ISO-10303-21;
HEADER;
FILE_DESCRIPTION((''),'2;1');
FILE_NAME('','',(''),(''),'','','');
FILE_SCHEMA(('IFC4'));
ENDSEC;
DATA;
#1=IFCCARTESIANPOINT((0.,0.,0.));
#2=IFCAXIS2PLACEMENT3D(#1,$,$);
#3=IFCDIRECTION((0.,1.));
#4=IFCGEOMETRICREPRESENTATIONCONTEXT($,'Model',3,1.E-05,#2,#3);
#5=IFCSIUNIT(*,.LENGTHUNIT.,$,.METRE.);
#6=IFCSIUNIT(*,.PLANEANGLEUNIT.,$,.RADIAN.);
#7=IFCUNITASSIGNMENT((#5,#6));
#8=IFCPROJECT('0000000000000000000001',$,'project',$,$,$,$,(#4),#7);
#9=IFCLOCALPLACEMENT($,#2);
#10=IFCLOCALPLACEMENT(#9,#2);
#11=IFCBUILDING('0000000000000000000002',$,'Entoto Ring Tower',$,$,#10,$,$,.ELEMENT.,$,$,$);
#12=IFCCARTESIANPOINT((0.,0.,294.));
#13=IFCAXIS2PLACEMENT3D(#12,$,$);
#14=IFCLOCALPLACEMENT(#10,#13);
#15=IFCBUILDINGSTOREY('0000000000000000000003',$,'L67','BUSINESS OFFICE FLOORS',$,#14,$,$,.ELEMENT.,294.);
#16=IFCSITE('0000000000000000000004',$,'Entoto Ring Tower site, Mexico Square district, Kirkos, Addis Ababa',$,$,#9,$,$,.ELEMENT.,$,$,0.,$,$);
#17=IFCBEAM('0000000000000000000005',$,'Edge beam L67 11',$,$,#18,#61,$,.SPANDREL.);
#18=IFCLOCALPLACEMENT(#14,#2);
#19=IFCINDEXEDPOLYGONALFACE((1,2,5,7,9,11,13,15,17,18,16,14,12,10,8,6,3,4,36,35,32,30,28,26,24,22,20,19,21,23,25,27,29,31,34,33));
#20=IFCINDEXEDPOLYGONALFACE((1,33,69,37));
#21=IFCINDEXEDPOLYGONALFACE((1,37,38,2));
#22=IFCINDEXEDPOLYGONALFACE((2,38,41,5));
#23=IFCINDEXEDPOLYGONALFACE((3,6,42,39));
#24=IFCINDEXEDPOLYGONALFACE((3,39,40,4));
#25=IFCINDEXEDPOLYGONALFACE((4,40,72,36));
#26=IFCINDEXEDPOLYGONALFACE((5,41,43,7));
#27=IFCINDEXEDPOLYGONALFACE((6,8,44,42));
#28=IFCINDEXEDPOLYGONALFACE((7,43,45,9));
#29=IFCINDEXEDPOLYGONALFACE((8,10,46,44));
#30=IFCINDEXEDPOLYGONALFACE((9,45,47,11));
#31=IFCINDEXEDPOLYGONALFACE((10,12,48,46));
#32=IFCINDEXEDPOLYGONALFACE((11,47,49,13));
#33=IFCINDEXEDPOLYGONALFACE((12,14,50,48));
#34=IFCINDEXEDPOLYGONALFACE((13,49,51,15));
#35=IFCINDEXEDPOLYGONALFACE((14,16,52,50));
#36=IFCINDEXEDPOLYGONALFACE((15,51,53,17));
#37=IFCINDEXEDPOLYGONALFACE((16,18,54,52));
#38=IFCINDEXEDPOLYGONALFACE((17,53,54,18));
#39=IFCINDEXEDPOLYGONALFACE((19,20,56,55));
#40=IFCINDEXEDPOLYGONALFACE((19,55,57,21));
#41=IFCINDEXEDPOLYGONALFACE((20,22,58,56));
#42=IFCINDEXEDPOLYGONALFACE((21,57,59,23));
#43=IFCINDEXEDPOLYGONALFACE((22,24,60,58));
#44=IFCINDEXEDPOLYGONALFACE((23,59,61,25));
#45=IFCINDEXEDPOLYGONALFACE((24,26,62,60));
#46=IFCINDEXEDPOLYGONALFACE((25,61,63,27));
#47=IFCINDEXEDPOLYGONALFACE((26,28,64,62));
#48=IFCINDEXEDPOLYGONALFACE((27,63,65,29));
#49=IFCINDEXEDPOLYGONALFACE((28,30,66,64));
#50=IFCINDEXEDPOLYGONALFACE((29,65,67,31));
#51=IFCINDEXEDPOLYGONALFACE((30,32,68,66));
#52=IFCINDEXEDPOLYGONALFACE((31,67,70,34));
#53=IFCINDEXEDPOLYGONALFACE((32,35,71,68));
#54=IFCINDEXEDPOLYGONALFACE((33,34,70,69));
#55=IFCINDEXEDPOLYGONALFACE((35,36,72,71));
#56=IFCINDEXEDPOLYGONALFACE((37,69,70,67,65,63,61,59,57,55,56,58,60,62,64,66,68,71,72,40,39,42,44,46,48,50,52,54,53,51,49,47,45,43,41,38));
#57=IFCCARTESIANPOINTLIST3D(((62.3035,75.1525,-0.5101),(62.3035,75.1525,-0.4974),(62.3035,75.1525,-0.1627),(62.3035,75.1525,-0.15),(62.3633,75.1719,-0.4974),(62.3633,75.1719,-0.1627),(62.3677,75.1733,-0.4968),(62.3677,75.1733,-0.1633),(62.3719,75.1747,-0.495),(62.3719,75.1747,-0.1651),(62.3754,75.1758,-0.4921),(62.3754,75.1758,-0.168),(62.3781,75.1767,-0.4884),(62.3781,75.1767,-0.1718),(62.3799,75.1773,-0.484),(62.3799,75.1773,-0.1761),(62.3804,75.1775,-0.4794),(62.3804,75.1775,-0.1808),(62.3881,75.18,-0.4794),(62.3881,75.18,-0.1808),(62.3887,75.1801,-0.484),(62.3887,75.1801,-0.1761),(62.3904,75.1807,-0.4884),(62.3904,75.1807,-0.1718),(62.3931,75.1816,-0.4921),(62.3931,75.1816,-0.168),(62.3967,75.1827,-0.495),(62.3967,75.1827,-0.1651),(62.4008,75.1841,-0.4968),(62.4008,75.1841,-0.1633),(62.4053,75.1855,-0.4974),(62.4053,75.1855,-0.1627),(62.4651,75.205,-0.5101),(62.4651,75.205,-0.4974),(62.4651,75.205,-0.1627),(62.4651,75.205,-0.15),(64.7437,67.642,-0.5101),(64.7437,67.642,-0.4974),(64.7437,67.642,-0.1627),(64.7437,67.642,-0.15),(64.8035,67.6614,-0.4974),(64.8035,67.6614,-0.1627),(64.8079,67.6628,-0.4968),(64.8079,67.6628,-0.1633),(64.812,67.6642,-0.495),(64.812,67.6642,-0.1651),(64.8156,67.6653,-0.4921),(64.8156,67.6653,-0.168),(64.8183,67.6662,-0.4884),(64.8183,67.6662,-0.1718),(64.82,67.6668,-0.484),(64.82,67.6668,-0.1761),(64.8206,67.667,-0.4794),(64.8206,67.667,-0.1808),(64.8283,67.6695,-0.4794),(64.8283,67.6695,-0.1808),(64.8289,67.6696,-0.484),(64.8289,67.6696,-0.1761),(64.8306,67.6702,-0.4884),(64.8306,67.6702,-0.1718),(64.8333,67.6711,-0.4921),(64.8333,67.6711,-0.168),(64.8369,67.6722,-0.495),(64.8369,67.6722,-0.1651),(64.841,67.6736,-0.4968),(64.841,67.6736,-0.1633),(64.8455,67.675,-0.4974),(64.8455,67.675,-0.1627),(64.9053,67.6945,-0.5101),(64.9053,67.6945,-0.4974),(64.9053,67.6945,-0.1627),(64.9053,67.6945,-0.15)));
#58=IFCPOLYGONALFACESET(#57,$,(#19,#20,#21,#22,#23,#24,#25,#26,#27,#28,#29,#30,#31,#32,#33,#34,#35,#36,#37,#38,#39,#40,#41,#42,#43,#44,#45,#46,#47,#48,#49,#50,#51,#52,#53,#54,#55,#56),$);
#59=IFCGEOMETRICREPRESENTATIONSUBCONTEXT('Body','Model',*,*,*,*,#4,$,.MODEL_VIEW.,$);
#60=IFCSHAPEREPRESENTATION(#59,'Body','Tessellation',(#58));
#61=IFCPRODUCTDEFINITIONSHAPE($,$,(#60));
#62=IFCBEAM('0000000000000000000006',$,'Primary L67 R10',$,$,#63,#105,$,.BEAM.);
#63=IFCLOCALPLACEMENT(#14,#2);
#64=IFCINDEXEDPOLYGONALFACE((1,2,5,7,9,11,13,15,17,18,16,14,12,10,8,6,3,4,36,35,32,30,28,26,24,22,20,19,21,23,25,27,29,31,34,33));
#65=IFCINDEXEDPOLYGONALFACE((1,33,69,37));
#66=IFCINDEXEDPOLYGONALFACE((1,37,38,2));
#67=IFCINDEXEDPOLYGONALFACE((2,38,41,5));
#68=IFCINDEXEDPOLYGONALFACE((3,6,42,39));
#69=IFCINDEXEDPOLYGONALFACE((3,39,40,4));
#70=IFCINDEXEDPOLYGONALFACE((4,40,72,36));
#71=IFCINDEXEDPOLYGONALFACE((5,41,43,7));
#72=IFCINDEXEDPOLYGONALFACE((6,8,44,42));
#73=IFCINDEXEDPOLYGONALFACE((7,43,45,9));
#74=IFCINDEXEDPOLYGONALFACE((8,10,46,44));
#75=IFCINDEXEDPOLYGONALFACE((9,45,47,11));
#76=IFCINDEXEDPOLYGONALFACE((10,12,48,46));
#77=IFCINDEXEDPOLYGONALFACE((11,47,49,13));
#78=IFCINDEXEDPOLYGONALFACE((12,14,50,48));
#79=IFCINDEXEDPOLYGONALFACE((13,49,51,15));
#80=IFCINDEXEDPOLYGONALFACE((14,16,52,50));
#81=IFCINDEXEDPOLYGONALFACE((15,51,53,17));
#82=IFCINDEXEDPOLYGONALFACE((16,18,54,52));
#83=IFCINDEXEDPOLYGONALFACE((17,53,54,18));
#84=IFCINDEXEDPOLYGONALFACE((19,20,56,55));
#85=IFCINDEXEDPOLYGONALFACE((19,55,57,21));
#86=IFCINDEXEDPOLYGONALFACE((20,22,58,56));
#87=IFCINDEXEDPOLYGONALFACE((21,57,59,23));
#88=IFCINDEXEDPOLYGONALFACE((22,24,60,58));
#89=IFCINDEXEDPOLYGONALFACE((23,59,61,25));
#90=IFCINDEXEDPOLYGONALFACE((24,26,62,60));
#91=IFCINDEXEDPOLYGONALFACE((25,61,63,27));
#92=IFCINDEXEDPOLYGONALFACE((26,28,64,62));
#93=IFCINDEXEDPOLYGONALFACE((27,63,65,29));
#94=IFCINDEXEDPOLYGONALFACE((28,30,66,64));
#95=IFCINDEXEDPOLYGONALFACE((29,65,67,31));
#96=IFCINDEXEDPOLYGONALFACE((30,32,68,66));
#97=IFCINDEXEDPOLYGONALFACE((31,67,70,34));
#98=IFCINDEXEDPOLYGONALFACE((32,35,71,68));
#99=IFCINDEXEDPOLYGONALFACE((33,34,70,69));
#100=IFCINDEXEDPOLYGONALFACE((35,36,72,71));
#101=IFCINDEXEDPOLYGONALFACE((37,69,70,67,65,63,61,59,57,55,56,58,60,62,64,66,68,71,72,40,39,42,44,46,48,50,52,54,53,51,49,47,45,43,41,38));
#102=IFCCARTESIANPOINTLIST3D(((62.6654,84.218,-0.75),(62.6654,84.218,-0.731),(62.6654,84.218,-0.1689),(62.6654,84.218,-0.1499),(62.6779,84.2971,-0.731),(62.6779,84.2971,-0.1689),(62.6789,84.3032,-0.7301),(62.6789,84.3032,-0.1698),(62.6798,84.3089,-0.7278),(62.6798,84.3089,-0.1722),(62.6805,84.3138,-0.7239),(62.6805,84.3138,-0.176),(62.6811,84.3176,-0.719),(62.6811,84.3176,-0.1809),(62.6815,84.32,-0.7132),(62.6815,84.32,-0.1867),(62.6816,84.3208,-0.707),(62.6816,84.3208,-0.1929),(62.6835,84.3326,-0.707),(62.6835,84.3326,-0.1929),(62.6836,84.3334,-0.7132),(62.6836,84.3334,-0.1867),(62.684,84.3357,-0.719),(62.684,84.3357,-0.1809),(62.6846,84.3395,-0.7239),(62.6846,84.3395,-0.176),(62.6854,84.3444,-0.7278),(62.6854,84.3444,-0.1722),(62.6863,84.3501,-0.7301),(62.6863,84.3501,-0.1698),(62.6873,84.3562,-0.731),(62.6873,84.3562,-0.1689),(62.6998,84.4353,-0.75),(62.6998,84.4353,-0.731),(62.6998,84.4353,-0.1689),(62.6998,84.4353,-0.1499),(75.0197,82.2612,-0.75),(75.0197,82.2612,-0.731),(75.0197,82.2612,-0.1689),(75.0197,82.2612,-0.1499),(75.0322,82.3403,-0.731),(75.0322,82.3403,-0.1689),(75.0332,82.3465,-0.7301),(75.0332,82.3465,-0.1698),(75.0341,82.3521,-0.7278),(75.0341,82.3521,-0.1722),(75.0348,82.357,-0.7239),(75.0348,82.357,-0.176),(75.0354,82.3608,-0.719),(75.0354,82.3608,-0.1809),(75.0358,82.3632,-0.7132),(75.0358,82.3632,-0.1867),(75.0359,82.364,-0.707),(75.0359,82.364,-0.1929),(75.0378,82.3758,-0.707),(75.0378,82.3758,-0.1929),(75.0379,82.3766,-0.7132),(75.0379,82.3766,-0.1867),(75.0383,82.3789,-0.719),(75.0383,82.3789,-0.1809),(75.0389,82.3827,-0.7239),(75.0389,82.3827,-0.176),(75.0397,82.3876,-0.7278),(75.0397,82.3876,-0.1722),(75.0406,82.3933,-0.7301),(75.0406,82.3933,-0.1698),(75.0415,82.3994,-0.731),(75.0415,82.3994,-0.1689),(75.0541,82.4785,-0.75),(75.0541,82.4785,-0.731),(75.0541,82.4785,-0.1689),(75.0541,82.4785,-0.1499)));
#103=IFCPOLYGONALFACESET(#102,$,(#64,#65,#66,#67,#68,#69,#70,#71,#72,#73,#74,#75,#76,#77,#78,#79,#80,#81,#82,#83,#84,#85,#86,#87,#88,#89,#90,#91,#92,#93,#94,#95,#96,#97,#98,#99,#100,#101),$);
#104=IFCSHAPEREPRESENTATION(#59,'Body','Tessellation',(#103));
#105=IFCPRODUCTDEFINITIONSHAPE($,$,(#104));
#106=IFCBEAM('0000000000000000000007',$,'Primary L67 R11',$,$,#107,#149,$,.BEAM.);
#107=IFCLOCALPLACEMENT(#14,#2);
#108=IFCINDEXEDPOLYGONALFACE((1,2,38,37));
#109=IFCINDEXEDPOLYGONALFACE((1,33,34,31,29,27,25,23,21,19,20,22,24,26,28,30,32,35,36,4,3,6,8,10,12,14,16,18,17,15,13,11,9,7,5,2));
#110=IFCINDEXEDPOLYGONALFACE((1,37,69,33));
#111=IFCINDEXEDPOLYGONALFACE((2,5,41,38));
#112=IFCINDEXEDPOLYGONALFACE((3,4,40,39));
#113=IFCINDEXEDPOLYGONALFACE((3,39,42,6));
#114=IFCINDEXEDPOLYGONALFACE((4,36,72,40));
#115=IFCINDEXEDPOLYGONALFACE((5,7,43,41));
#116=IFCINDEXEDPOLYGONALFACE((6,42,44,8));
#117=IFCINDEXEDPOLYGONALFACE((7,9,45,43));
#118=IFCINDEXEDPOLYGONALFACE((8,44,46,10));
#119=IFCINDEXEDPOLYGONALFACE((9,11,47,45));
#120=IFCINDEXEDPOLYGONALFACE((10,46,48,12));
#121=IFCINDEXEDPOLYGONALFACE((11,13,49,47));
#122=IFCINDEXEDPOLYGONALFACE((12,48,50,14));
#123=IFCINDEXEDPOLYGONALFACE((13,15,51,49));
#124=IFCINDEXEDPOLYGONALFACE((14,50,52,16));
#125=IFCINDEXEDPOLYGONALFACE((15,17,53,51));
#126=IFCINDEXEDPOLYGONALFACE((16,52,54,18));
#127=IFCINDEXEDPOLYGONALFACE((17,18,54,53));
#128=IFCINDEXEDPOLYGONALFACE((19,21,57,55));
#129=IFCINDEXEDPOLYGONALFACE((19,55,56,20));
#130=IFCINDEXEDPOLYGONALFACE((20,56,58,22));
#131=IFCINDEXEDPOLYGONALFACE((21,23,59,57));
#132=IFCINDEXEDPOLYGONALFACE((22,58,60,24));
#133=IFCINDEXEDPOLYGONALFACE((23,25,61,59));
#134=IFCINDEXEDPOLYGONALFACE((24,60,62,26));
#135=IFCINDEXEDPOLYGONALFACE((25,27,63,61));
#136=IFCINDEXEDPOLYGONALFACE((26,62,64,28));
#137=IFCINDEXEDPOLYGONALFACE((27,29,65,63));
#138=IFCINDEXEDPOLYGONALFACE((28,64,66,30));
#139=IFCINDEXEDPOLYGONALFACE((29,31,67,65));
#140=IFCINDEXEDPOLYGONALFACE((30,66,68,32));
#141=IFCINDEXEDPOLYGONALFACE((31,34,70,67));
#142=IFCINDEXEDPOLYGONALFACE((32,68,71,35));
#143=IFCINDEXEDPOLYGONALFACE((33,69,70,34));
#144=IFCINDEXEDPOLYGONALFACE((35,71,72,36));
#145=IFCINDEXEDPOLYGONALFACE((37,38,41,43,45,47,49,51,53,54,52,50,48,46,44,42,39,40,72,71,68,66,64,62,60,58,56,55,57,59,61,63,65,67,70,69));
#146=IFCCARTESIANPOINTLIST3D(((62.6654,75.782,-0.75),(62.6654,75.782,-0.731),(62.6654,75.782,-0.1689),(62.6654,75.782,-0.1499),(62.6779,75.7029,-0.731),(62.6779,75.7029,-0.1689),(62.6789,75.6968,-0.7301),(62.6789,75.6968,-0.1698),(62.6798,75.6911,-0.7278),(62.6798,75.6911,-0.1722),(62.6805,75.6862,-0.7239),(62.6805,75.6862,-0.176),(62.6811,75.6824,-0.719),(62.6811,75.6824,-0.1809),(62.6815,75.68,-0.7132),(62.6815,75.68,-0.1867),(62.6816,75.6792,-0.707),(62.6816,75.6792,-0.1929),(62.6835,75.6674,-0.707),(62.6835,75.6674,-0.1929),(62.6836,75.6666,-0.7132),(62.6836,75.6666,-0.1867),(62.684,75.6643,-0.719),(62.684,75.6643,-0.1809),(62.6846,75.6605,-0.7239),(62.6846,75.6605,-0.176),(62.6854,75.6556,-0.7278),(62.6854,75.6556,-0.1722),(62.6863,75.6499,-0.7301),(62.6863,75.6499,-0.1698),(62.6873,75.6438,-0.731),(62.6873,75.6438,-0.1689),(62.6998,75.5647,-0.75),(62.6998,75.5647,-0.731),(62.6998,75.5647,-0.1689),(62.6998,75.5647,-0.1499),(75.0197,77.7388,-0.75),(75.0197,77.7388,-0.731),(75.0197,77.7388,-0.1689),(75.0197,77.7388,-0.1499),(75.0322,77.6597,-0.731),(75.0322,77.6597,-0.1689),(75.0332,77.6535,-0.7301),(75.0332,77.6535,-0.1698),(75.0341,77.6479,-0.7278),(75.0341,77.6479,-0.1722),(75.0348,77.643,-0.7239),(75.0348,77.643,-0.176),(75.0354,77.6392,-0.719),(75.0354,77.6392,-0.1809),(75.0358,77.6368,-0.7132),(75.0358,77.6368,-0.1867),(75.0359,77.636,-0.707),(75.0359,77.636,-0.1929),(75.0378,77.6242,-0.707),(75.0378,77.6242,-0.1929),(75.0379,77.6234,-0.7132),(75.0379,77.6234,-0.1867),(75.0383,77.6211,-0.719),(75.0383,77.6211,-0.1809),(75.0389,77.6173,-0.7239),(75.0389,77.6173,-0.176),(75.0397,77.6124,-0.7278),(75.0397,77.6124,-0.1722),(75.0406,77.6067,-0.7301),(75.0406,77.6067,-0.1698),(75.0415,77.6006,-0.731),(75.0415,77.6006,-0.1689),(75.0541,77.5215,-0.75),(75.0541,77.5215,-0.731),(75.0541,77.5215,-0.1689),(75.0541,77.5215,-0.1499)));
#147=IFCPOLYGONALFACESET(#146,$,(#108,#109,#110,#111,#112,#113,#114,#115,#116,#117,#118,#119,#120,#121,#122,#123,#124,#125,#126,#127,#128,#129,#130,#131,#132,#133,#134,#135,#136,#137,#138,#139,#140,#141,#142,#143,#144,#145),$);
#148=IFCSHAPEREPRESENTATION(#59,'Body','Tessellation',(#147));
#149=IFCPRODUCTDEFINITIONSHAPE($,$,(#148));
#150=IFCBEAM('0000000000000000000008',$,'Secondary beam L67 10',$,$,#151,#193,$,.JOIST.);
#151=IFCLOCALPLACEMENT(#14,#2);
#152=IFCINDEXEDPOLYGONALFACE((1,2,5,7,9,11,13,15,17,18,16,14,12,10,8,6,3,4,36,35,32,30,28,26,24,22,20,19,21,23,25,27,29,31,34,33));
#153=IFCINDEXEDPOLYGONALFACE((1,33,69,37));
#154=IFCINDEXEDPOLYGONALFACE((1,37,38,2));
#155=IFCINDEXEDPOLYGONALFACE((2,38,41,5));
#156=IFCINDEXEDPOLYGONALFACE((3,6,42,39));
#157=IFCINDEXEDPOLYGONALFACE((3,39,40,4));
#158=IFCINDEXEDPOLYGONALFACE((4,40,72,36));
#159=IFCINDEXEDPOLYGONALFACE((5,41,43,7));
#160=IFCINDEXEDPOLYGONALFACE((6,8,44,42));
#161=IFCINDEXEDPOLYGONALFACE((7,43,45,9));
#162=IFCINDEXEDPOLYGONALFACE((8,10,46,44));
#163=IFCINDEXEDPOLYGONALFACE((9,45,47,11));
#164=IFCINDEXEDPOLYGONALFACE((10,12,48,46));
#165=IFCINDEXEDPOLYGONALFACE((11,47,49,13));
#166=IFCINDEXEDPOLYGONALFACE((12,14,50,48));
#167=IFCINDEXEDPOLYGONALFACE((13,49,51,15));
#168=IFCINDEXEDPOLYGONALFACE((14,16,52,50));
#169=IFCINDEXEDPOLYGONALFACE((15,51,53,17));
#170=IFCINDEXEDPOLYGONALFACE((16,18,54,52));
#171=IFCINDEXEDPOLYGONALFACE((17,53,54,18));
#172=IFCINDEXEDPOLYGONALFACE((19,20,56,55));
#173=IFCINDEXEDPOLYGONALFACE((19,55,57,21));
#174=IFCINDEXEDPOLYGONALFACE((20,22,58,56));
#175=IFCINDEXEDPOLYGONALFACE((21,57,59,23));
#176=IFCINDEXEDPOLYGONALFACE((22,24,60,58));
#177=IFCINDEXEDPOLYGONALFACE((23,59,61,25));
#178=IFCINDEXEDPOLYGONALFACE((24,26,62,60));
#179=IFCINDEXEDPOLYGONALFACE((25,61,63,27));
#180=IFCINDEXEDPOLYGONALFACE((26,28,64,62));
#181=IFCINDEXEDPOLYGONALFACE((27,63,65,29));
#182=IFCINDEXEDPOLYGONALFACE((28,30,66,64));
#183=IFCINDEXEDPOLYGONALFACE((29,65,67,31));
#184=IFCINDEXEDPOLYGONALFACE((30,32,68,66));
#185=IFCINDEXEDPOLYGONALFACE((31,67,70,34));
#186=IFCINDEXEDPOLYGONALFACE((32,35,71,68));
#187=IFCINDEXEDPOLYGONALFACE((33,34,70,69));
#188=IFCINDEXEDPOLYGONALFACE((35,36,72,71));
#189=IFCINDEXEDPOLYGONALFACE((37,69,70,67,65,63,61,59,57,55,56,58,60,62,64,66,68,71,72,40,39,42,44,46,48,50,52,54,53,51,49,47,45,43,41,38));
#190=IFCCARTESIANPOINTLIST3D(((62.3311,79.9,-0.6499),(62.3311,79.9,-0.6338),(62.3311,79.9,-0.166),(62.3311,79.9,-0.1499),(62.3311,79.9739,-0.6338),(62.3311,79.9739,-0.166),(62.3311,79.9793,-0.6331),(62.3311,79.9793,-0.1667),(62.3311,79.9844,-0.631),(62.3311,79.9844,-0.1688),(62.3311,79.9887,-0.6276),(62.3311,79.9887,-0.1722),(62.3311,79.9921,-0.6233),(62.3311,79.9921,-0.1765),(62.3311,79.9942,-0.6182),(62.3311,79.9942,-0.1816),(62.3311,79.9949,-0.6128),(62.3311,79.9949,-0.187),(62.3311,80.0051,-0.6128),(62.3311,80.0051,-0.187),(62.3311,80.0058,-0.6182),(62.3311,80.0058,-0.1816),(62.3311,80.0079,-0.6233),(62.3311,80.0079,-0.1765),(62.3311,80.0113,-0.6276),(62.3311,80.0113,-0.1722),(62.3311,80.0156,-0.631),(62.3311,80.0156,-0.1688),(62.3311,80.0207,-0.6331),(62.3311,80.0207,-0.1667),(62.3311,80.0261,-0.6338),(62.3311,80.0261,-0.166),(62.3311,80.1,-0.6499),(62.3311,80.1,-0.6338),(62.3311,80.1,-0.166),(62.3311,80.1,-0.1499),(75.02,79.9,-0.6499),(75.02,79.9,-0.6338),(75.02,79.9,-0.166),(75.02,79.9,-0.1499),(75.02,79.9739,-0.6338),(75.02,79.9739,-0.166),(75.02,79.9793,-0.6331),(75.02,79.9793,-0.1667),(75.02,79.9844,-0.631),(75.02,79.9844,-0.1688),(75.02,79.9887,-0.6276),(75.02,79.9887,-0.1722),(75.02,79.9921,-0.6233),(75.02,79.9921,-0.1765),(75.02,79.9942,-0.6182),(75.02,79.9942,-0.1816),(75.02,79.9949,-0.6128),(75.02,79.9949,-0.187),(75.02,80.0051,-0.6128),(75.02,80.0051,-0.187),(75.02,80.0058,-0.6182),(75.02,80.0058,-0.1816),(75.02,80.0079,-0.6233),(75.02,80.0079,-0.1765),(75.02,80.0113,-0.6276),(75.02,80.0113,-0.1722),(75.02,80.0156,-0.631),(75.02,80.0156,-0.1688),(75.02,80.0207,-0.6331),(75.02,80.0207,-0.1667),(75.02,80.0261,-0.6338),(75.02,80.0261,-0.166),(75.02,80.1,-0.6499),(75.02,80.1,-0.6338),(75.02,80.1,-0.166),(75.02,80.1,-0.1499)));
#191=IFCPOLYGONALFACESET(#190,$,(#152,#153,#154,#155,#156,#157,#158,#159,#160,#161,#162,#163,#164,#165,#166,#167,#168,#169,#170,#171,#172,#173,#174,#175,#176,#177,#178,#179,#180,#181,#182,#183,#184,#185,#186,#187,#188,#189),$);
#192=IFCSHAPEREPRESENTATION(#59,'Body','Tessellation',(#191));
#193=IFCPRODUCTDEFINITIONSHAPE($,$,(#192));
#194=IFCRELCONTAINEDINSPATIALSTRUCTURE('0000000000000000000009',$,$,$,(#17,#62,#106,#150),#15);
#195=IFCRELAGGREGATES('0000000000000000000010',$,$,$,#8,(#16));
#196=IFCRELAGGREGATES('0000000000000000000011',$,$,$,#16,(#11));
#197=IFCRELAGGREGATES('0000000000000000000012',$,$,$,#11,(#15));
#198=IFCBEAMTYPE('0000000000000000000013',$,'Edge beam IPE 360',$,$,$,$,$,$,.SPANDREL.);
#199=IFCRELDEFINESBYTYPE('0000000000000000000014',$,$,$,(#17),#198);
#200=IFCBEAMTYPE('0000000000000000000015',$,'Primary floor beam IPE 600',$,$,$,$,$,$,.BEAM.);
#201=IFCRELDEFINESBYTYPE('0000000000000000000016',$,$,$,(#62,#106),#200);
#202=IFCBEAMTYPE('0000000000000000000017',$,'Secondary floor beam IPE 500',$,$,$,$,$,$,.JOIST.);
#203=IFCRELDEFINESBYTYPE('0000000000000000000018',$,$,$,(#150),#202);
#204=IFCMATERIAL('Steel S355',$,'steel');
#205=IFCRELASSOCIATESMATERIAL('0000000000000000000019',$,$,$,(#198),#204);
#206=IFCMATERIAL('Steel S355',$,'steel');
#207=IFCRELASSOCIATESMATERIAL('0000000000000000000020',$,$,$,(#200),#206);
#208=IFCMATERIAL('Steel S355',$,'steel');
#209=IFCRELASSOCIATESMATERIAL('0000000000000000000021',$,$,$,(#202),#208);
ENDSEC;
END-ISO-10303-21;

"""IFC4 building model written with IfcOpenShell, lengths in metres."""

from ifc_helpers import new_model, si_unit, direction, frame, origin, origin_2d, place, context, subcontext, project, spatial, i_section, extrude, material, material_profile, profile_set, type_object, element, save


model = new_model("IFC4")

# Units and contexts
model_context = context("Model", 3, precision=1e-05, world=origin(), true_north=direction((0.0, 1.0)))
body_context = subcontext(model_context, "Body", "Model", "MODEL_VIEW")
ifc_project = project(units=[si_unit("LENGTHUNIT", "METRE"), si_unit("PLANEANGLEUNIT", "RADIAN")], contexts=[model_context])

# Site, building, storey
site_placement = place(None, origin())
site = spatial("IfcSite", under=ifc_project, at=site_placement, Name="Entoto Ring Tower site, Mexico Square district, Kirkos, Addis Ababa", CompositionType="ELEMENT", RefElevation=0.0)
building_placement = place(site_placement, origin())
building = spatial("IfcBuilding", under=site, at=building_placement, Name="Entoto Ring Tower", CompositionType="ELEMENT")
storey_placement = place(building_placement, frame((0.0, 0.0, 294.0)))
storey = spatial("IfcBuildingStorey", under=building, at=storey_placement, Name="L67", Description="BUSINESS OFFICE FLOORS", CompositionType="ELEMENT", Elevation=294.0)

# Beams
ifc_material_1 = material(Name="Steel S355", Category="steel")
ifc_material_profile_1 = material_profile(ifc_material_1, i_section(OverallWidth=0.1699, OverallDepth=0.3601, WebThickness=0.0081, FlangeThickness=0.0127, FilletRadius=0.0181, at=origin_2d()), Name="IPE 360")
ifc_profile_set_1 = profile_set([ifc_material_profile_1], Name="Steel S355")
beam_type_1 = type_object("IfcBeamType", Name="Edge beam IPE 360", PredefinedType="SPANDREL", material=ifc_profile_set_1)
for number, where, z_axis, x_axis, name in (
    (1, (62.3843, 75.1787, -0.3301), (0.309003, -0.951061, 0.0), (0.951061, 0.309003, 0.0), "Edge beam L67 11"),
):
    element("IfcBeam", number, at=place(storey_placement, frame(where, z_axis=z_axis, x_axis=x_axis)), inside=storey, type_object=beam_type_1, Name=name, PredefinedType="SPANDREL", context=body_context, shape_type="SweptSolid", body=[
        extrude(i_section(OverallWidth=0.1699, OverallDepth=0.3601, WebThickness=0.0081, FlangeThickness=0.0127, FilletRadius=0.0181, at=origin_2d()), origin(), (0.0, 0.0, 1.0), 7.897),
    ])
ifc_material_2 = material(Name="Steel S355", Category="steel")
ifc_material_profile_2 = material_profile(ifc_material_2, i_section(OverallWidth=0.22, OverallDepth=0.6001, WebThickness=0.012, FlangeThickness=0.019, FilletRadius=0.0239, at=origin_2d()), Name="IPE 600")
ifc_profile_set_2 = profile_set([ifc_material_profile_2], Name="Steel S355")
beam_type_2 = type_object("IfcBeamType", Name="Primary floor beam IPE 600", PredefinedType="BEAM", material=ifc_profile_set_2)
for number, where, z_axis, x_axis, name in (
    (2, (75.0369, 82.3699, -0.45), (-0.987688, 0.15644, 0.0), (-0.15644, -0.987688, 0.0), "Primary L67 R10"),
    (3, (75.0369, 77.6301, -0.45), (-0.987688, -0.15644, 0.0), (0.15644, -0.987688, 0.0), "Primary L67 R11"),
):
    element("IfcBeam", number, at=place(storey_placement, frame(where, z_axis=z_axis, x_axis=x_axis)), inside=storey, type_object=beam_type_2, Name=name, PredefinedType="BEAM", context=body_context, shape_type="SweptSolid", body=[
        extrude(i_section(OverallWidth=0.22, OverallDepth=0.6001, WebThickness=0.012, FlangeThickness=0.019, FilletRadius=0.0239, at=origin_2d()), origin(), (0.0, 0.0, 1.0), 12.5083),
    ])
ifc_material_3 = material(Name="Steel S355", Category="steel")
ifc_material_profile_3 = material_profile(ifc_material_3, i_section(OverallWidth=0.2, OverallDepth=0.5, WebThickness=0.0103, FlangeThickness=0.0161, FilletRadius=0.021, at=origin_2d()), Name="IPE 500")
ifc_profile_set_3 = profile_set([ifc_material_profile_3], Name="Steel S355")
beam_type_3 = type_object("IfcBeamType", Name="Secondary floor beam IPE 500", PredefinedType="JOIST", material=ifc_profile_set_3)
beam_1_placement = place(storey_placement, frame((75.02, 80.0, -0.3999), z_axis=(-1.0, 0.0, 0.0), x_axis=(0.0, -1.0, 0.0)))
element("IfcBeam", 4, at=beam_1_placement, inside=storey, type_object=beam_type_3, Name="Secondary beam L67 10", PredefinedType="JOIST", context=body_context, shape_type="SweptSolid", body=[
    extrude(i_section(OverallWidth=0.2, OverallDepth=0.5, WebThickness=0.0103, FlangeThickness=0.0161, FilletRadius=0.021, at=origin_2d()), origin(), (0.0, 0.0, 1.0), 12.689),
])

save(model, "model.ifc")
